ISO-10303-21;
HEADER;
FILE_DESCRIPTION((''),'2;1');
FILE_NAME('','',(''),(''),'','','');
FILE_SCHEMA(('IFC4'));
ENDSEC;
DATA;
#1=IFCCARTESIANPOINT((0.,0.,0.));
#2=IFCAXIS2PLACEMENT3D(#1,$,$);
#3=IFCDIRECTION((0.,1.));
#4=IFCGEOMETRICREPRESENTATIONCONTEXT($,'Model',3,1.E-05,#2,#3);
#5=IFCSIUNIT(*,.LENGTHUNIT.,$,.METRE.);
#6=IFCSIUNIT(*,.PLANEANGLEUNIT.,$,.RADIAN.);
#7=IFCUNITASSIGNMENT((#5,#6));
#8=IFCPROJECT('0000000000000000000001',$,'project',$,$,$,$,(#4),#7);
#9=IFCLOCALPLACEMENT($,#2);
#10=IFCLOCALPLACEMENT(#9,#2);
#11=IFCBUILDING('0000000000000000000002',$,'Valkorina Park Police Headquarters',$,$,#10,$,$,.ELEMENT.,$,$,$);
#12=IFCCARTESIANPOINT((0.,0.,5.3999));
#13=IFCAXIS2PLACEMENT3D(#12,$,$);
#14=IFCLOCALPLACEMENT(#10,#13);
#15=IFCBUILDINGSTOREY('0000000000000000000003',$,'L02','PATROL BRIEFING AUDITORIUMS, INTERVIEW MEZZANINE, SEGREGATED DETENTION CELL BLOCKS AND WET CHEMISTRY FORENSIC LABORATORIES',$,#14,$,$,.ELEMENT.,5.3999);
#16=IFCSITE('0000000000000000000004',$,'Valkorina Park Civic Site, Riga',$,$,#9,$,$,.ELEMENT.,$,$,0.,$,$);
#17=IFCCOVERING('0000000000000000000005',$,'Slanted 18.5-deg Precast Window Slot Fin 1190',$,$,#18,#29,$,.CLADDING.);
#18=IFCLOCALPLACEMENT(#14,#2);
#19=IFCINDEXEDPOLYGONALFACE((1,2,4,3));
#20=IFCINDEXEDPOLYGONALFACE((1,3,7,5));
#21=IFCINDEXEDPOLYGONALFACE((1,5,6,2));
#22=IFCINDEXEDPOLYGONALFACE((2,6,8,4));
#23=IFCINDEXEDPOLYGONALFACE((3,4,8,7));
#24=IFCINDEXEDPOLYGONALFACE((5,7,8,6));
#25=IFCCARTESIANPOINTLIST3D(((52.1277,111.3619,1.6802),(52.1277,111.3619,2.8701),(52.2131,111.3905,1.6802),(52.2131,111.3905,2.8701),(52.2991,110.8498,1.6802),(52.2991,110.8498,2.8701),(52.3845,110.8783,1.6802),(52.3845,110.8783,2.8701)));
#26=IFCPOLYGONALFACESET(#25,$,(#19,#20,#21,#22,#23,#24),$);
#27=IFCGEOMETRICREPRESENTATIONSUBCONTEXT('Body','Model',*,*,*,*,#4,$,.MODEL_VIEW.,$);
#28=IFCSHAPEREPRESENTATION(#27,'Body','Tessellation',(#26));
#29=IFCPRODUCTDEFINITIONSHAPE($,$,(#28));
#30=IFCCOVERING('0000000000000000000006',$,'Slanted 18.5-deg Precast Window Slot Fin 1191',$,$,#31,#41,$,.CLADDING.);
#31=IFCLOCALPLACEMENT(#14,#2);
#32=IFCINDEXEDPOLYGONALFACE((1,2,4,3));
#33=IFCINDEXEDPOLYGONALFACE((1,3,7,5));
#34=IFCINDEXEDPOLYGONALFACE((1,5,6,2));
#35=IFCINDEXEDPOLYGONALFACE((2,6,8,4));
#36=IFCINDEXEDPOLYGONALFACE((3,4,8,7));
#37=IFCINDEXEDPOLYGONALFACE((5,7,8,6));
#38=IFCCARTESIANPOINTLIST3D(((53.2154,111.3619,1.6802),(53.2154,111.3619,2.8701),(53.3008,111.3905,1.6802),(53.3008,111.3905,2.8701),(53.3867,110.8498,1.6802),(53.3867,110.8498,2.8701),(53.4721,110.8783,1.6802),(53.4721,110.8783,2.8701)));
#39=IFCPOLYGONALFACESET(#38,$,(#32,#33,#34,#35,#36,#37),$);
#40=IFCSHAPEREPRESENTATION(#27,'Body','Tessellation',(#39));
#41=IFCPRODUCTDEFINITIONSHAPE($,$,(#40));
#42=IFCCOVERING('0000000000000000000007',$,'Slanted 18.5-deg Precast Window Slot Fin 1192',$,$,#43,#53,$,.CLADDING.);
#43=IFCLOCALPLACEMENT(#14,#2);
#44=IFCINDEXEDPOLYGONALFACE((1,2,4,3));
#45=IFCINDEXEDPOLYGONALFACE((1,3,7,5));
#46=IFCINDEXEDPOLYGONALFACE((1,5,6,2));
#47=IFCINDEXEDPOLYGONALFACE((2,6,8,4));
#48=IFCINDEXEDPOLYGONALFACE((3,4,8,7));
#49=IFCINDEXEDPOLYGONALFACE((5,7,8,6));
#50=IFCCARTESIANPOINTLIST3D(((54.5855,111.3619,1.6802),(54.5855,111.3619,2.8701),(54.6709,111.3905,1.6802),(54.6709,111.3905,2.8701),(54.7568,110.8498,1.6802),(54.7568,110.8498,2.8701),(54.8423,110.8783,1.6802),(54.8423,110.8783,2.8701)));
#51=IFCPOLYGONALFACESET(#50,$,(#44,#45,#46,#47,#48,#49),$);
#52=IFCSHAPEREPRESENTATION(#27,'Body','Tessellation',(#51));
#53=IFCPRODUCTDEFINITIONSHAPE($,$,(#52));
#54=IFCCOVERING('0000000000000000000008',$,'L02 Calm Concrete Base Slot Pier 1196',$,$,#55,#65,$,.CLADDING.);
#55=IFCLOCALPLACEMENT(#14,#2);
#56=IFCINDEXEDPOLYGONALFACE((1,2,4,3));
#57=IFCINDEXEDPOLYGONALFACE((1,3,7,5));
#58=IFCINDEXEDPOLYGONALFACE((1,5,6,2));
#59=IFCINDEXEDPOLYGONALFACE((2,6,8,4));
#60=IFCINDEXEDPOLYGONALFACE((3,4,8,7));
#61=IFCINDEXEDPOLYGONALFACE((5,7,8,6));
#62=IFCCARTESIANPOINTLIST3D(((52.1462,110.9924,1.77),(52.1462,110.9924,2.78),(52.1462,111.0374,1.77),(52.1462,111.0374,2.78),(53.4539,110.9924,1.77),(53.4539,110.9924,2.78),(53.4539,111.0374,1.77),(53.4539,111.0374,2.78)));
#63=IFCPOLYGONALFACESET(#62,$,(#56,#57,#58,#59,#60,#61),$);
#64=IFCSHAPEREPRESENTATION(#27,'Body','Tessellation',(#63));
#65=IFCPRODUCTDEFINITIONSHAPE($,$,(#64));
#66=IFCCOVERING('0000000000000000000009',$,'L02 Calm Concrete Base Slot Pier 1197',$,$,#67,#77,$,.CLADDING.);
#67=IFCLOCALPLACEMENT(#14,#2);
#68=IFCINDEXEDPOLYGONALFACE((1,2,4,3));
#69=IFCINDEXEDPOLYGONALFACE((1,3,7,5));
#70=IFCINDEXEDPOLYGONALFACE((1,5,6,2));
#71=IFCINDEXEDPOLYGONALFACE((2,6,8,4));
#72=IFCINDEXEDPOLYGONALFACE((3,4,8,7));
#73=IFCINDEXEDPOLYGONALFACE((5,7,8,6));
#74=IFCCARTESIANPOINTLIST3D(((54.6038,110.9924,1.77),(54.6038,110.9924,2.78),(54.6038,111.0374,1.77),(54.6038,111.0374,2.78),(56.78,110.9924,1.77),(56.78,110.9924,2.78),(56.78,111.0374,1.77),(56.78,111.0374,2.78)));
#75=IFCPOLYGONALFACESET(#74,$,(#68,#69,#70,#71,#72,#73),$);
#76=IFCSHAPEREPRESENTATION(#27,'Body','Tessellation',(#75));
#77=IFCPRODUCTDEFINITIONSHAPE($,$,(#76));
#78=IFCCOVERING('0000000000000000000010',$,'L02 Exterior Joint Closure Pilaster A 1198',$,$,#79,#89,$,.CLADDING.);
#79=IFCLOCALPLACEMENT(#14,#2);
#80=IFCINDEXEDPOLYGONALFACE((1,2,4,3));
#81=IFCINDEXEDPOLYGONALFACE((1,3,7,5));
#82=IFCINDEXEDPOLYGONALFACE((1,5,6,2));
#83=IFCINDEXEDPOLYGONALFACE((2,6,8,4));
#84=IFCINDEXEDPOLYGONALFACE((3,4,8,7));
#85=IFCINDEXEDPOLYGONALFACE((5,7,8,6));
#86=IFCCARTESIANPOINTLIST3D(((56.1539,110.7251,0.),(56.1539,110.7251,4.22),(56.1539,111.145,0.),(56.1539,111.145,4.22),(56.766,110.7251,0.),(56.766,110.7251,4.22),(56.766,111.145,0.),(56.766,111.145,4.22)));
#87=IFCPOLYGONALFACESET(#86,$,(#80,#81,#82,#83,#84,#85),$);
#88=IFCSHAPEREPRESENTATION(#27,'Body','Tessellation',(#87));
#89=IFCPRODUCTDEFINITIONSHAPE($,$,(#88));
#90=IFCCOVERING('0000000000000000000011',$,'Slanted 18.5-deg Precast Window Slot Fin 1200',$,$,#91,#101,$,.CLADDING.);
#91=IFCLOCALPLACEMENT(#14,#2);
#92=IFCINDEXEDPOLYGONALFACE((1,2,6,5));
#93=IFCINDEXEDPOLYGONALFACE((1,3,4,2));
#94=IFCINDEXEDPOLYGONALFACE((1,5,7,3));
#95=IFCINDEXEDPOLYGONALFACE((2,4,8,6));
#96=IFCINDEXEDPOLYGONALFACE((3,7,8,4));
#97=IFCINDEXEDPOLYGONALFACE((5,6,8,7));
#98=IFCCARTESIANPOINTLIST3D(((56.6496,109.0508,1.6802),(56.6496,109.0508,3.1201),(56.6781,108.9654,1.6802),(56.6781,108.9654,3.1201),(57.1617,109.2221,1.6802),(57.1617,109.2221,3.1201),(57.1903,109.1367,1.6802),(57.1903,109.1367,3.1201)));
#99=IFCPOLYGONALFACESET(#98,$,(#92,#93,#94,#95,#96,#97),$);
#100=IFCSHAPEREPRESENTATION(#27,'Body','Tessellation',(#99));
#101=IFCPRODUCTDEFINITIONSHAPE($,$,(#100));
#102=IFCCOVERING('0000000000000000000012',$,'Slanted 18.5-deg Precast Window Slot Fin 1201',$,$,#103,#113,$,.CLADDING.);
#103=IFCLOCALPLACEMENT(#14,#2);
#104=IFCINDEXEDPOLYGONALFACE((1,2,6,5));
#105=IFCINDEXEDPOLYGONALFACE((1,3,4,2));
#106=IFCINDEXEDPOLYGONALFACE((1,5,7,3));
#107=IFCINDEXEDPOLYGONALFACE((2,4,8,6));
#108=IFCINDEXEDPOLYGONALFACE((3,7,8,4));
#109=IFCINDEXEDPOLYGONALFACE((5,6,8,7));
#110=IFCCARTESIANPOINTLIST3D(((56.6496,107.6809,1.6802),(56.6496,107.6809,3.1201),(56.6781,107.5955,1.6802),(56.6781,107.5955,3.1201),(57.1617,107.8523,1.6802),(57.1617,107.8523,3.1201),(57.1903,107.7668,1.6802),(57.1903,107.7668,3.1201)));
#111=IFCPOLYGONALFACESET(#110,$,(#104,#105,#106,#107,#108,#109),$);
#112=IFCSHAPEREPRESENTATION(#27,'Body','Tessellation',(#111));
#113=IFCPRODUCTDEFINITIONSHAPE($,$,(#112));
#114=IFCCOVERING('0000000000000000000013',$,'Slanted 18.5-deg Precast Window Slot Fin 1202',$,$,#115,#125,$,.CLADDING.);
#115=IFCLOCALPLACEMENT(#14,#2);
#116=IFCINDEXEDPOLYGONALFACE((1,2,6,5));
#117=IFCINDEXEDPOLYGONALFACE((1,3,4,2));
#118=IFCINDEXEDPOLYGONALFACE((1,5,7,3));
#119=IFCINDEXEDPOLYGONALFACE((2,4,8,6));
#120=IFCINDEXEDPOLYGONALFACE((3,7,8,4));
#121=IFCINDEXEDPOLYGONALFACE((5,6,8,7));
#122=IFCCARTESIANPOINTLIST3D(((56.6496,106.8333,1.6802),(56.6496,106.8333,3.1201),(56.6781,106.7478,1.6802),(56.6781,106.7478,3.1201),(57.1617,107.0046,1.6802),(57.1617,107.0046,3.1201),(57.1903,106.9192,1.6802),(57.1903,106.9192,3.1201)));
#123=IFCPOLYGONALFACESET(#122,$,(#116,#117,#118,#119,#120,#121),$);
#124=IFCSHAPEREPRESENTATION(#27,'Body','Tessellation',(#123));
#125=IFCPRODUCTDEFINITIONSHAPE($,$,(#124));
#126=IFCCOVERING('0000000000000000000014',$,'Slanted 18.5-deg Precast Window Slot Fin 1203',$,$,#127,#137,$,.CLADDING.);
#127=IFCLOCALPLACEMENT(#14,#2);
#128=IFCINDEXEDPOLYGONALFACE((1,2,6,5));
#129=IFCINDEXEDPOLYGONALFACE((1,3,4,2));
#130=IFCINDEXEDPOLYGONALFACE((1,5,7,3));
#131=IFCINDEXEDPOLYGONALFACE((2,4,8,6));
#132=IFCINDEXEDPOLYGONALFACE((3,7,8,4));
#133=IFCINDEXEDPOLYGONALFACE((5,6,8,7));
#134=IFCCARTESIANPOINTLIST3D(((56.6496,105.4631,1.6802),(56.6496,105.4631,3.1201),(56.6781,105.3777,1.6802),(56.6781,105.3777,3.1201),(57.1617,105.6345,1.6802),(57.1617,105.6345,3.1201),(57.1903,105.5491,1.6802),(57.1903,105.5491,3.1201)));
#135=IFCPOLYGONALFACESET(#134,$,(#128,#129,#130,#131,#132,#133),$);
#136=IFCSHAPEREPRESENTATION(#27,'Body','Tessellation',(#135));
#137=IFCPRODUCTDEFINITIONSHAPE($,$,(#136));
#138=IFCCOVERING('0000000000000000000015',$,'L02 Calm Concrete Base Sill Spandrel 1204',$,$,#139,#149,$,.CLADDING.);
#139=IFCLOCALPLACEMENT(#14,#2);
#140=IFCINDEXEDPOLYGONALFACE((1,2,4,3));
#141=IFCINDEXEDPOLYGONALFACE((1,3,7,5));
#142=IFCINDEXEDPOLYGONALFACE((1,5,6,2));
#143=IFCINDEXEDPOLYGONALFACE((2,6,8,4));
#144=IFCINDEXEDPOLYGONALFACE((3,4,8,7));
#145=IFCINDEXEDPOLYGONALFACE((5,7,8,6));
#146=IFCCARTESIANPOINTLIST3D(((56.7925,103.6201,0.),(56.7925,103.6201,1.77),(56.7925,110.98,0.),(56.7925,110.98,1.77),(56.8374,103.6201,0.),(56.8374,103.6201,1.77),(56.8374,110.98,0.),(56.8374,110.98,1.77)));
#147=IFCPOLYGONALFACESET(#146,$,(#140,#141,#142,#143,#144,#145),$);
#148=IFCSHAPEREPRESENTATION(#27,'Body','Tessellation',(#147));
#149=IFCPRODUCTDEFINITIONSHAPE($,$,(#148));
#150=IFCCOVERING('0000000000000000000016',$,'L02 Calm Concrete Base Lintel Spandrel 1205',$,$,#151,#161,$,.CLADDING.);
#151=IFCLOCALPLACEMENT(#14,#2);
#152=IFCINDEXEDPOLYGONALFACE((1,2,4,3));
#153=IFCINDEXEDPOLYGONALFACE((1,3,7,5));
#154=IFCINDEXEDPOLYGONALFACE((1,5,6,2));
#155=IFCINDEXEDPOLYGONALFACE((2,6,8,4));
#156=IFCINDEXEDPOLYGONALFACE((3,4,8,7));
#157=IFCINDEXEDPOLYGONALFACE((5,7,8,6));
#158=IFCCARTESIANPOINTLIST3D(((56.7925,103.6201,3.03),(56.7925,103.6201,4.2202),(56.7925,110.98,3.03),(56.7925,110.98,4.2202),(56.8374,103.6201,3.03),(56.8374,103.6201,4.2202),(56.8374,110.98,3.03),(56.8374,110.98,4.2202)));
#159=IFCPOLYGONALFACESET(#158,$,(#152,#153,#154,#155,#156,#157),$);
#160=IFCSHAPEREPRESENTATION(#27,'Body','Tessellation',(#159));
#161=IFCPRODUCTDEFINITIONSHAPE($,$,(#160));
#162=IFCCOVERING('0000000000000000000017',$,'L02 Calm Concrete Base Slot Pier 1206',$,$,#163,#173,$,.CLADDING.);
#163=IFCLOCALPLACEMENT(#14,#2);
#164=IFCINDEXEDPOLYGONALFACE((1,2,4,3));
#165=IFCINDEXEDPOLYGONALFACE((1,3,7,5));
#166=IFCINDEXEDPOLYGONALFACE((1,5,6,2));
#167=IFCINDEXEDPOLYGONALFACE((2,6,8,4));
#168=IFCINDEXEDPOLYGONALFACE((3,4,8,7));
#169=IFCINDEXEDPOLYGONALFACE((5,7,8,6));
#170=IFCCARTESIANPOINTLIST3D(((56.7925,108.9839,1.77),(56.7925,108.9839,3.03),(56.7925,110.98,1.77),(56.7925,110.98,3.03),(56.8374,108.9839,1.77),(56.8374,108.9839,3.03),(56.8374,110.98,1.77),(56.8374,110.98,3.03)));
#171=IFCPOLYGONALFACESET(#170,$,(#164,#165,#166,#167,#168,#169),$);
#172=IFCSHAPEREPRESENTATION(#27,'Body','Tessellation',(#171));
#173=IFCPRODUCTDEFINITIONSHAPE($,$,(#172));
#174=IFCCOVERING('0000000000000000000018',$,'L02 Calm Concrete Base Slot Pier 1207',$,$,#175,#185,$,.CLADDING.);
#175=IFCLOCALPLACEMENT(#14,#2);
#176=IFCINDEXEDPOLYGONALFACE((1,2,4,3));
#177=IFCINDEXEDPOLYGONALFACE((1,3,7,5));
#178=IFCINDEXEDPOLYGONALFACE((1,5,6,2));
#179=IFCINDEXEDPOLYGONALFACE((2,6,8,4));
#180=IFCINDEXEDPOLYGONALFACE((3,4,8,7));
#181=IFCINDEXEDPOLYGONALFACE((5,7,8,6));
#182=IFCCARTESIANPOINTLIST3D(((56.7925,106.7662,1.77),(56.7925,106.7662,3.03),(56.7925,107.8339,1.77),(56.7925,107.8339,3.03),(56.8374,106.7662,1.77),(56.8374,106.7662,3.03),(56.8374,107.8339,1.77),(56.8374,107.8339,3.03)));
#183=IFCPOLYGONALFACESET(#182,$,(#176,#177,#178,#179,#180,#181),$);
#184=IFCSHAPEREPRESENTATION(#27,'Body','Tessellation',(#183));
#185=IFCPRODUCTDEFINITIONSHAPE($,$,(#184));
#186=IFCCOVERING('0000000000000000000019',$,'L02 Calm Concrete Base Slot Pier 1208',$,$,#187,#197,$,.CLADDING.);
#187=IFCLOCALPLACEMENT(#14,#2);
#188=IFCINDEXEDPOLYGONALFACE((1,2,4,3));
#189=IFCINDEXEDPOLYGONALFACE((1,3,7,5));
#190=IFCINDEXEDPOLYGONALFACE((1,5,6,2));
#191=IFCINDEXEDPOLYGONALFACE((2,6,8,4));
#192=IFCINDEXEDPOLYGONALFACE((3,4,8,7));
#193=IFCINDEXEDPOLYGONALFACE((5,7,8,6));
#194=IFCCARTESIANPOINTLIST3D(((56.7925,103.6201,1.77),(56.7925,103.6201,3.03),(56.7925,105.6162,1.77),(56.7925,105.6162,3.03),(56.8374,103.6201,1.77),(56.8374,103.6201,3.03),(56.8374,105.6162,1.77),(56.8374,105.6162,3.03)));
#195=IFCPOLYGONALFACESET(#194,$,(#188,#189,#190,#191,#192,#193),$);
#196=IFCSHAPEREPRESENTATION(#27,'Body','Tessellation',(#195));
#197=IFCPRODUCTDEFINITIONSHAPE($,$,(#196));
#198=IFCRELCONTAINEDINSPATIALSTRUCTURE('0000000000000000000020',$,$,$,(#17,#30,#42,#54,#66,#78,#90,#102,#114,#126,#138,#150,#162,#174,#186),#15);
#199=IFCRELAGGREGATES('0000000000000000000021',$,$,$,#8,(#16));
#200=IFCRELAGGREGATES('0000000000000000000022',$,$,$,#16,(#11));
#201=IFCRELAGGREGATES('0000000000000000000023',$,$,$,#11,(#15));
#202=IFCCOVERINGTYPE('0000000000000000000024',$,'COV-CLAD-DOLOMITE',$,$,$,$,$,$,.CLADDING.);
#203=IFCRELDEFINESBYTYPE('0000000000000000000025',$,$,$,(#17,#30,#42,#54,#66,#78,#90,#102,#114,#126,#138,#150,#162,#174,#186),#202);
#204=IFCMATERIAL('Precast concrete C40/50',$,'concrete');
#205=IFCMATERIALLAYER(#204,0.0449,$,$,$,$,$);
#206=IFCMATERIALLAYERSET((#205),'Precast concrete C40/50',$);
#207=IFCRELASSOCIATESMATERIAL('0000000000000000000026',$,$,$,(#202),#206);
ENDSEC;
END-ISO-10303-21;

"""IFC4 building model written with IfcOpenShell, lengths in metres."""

from ifc_helpers import new_model, si_unit, direction, frame, frame_2d, origin, origin_2d, place, context, subcontext, project, spatial, rectangle, extrude, material, layer, layer_set, type_object, element, save


model = new_model("IFC4")

# Units and contexts
model_context = context("Model", 3, precision=1e-05, world=origin(), true_north=direction((0.0, 1.0)))
body_context = subcontext(model_context, "Body", "Model", "MODEL_VIEW")
ifc_project = project(units=[si_unit("LENGTHUNIT", "METRE"), si_unit("PLANEANGLEUNIT", "RADIAN")], contexts=[model_context])

# Site, building, storey
site_placement = place(None, origin())
site = spatial("IfcSite", under=ifc_project, at=site_placement, Name="Valkorina Park Civic Site, Riga", CompositionType="ELEMENT", RefElevation=0.0)
building_placement = place(site_placement, origin())
building = spatial("IfcBuilding", under=site, at=building_placement, Name="Valkorina Park Police Headquarters", CompositionType="ELEMENT")
storey_placement = place(building_placement, frame((0.0, 0.0, 5.3999)))
storey = spatial("IfcBuildingStorey", under=building, at=storey_placement, Name="L02", Description="PATROL BRIEFING AUDITORIUMS, INTERVIEW MEZZANINE, SEGREGATED DETENTION CELL BLOCKS AND WET CHEMISTRY FORENSIC LABORATORIES", CompositionType="ELEMENT", Elevation=5.3999)

# Shared definitions
ifc_material_1 = material(Name="Precast concrete C40/50", Category="concrete")

# Coverings
ifc_layer_1 = layer(ifc_material_1, 0.0449)
ifc_layer_set_1 = layer_set([ifc_layer_1], Name="Precast concrete C40/50")
covering_type = type_object("IfcCoveringType", Name="COV-CLAD-DOLOMITE", PredefinedType="CLADDING", material=ifc_layer_set_1)
for number, where, z_axis, x_axis, name in (
    (1, (52.2561, 111.1201, 1.6802), (0.0, 0.0, 1.0), (-0.317305, 0.948324, 0.0), "Slanted 18.5-deg Precast Window Slot Fin 1190"),
    (2, (53.3438, 111.1201, 1.6802), (0.0, 0.0, 1.0), (-0.317305, 0.948324, 0.0), "Slanted 18.5-deg Precast Window Slot Fin 1191"),
    (3, (54.7139, 111.1201, 1.6802), (0.0, 0.0, 1.0), (-0.317305, 0.948324, 0.0), "Slanted 18.5-deg Precast Window Slot Fin 1192"),
):
    element("IfcCovering", number, at=place(storey_placement, frame(where, z_axis=z_axis, x_axis=x_axis)), inside=storey, type_object=covering_type, Name=name, PredefinedType="CLADDING", context=body_context, shape_type="SweptSolid", body=[
        extrude(rectangle(XDim=0.54, YDim=0.0901, at=origin_2d()), origin(), (0.0, 0.0, 1.0), 1.1899),
    ])
covering_1_placement = place(storey_placement, frame((52.1462, 111.0149, 1.77), z_axis=(0.0, 0.0, 1.0), x_axis=(1.0, 0.0, 0.0)))
element("IfcCovering", 4, at=covering_1_placement, inside=storey, type_object=covering_type, Name="L02 Calm Concrete Base Slot Pier 1196", PredefinedType="CLADDING", context=body_context, shape_type="SweptSolid", body=[
    extrude(rectangle(XDim=1.3076, YDim=0.0449, at=frame_2d((0.6538, 0.0))), origin(), (0.0, 0.0, 1.0), 1.01),
])
covering_2_placement = place(storey_placement, frame((54.6038, 111.0149, 1.77), z_axis=(0.0, 0.0, 1.0), x_axis=(1.0, 0.0, 0.0)))
element("IfcCovering", 5, at=covering_2_placement, inside=storey, type_object=covering_type, Name="L02 Calm Concrete Base Slot Pier 1197", PredefinedType="CLADDING", context=body_context, shape_type="SweptSolid", body=[
    extrude(rectangle(XDim=2.1763, YDim=0.0449, at=frame_2d((1.0881, 0.0))), origin(), (0.0, 0.0, 1.0), 1.01),
])
covering_3_placement = place(storey_placement, frame((56.46, 110.9351, 0.0), z_axis=(0.0, 0.0, 1.0), x_axis=(0.0, 1.0, 0.0)))
element("IfcCovering", 6, at=covering_3_placement, inside=storey, type_object=covering_type, Name="L02 Exterior Joint Closure Pilaster A 1198", PredefinedType="CLADDING", context=body_context, shape_type="SweptSolid", body=[
    extrude(rectangle(XDim=0.4199, YDim=0.6121, at=origin_2d()), origin(), (0.0, 0.0, 1.0), 4.22),
])
for number, where, z_axis, x_axis, name in (
    (7, (56.9199, 109.0938, 1.6802), (0.0, 0.0, 1.0), (0.948324, 0.317305, 0.0), "Slanted 18.5-deg Precast Window Slot Fin 1200"),
    (8, (56.9199, 107.7239, 1.6802), (0.0, 0.0, 1.0), (0.948324, 0.317305, 0.0), "Slanted 18.5-deg Precast Window Slot Fin 1201"),
    (9, (56.9199, 106.8762, 1.6802), (0.0, 0.0, 1.0), (0.948324, 0.317305, 0.0), "Slanted 18.5-deg Precast Window Slot Fin 1202"),
    (10, (56.9199, 105.5061, 1.6802), (0.0, 0.0, 1.0), (0.948324, 0.317305, 0.0), "Slanted 18.5-deg Precast Window Slot Fin 1203"),
):
    element("IfcCovering", number, at=place(storey_placement, frame(where, z_axis=z_axis, x_axis=x_axis)), inside=storey, type_object=covering_type, Name=name, PredefinedType="CLADDING", context=body_context, shape_type="SweptSolid", body=[
        extrude(rectangle(XDim=0.54, YDim=0.0901, at=origin_2d()), origin(), (0.0, 0.0, 1.0), 1.4399),
    ])
covering_4_placement = place(storey_placement, frame((56.8149, 110.98, 0.0), z_axis=(0.0, 0.0, 1.0), x_axis=(0.0, -1.0, 0.0)))
element("IfcCovering", 11, at=covering_4_placement, inside=storey, type_object=covering_type, Name="L02 Calm Concrete Base Sill Spandrel 1204", PredefinedType="CLADDING", context=body_context, shape_type="SweptSolid", body=[
    extrude(rectangle(XDim=7.3599, YDim=0.0449, at=frame_2d((3.6799, 0.0))), origin(), (0.0, 0.0, 1.0), 1.77),
])
covering_5_placement = place(storey_placement, frame((56.8149, 110.98, 3.03), z_axis=(0.0, 0.0, 1.0), x_axis=(0.0, -1.0, 0.0)))
element("IfcCovering", 12, at=covering_5_placement, inside=storey, type_object=covering_type, Name="L02 Calm Concrete Base Lintel Spandrel 1205", PredefinedType="CLADDING", context=body_context, shape_type="SweptSolid", body=[
    extrude(rectangle(XDim=7.3599, YDim=0.0449, at=frame_2d((3.6799, 0.0))), origin(), (0.0, 0.0, 1.0), 1.1902),
])
covering_6_placement = place(storey_placement, frame((56.8149, 110.98, 1.77), z_axis=(0.0, 0.0, 1.0), x_axis=(0.0, -1.0, 0.0)))
element("IfcCovering", 13, at=covering_6_placement, inside=storey, type_object=covering_type, Name="L02 Calm Concrete Base Slot Pier 1206", PredefinedType="CLADDING", context=body_context, shape_type="SweptSolid", body=[
    extrude(rectangle(XDim=1.9961, YDim=0.0449, at=frame_2d((0.998, 0.0))), origin(), (0.0, 0.0, 1.0), 1.26),
])
covering_7_placement = place(storey_placement, frame((56.8149, 107.8337, 1.77), z_axis=(0.0, 0.0, 1.0), x_axis=(0.0, -1.0, 0.0)))
element("IfcCovering", 14, at=covering_7_placement, inside=storey, type_object=covering_type, Name="L02 Calm Concrete Base Slot Pier 1207", PredefinedType="CLADDING", context=body_context, shape_type="SweptSolid", body=[
    extrude(rectangle(XDim=1.0676, YDim=0.0449, at=frame_2d((0.5337, 0.0))), origin(), (0.0, 0.0, 1.0), 1.26),
])
covering_8_placement = place(storey_placement, frame((56.8149, 105.6162, 1.77), z_axis=(0.0, 0.0, 1.0), x_axis=(0.0, -1.0, 0.0)))
element("IfcCovering", 15, at=covering_8_placement, inside=storey, type_object=covering_type, Name="L02 Calm Concrete Base Slot Pier 1208", PredefinedType="CLADDING", context=body_context, shape_type="SweptSolid", body=[
    extrude(rectangle(XDim=1.9961, YDim=0.0449, at=frame_2d((0.998, 0.0))), origin(), (0.0, 0.0, 1.0), 1.26),
])

save(model, "model.ifc")
